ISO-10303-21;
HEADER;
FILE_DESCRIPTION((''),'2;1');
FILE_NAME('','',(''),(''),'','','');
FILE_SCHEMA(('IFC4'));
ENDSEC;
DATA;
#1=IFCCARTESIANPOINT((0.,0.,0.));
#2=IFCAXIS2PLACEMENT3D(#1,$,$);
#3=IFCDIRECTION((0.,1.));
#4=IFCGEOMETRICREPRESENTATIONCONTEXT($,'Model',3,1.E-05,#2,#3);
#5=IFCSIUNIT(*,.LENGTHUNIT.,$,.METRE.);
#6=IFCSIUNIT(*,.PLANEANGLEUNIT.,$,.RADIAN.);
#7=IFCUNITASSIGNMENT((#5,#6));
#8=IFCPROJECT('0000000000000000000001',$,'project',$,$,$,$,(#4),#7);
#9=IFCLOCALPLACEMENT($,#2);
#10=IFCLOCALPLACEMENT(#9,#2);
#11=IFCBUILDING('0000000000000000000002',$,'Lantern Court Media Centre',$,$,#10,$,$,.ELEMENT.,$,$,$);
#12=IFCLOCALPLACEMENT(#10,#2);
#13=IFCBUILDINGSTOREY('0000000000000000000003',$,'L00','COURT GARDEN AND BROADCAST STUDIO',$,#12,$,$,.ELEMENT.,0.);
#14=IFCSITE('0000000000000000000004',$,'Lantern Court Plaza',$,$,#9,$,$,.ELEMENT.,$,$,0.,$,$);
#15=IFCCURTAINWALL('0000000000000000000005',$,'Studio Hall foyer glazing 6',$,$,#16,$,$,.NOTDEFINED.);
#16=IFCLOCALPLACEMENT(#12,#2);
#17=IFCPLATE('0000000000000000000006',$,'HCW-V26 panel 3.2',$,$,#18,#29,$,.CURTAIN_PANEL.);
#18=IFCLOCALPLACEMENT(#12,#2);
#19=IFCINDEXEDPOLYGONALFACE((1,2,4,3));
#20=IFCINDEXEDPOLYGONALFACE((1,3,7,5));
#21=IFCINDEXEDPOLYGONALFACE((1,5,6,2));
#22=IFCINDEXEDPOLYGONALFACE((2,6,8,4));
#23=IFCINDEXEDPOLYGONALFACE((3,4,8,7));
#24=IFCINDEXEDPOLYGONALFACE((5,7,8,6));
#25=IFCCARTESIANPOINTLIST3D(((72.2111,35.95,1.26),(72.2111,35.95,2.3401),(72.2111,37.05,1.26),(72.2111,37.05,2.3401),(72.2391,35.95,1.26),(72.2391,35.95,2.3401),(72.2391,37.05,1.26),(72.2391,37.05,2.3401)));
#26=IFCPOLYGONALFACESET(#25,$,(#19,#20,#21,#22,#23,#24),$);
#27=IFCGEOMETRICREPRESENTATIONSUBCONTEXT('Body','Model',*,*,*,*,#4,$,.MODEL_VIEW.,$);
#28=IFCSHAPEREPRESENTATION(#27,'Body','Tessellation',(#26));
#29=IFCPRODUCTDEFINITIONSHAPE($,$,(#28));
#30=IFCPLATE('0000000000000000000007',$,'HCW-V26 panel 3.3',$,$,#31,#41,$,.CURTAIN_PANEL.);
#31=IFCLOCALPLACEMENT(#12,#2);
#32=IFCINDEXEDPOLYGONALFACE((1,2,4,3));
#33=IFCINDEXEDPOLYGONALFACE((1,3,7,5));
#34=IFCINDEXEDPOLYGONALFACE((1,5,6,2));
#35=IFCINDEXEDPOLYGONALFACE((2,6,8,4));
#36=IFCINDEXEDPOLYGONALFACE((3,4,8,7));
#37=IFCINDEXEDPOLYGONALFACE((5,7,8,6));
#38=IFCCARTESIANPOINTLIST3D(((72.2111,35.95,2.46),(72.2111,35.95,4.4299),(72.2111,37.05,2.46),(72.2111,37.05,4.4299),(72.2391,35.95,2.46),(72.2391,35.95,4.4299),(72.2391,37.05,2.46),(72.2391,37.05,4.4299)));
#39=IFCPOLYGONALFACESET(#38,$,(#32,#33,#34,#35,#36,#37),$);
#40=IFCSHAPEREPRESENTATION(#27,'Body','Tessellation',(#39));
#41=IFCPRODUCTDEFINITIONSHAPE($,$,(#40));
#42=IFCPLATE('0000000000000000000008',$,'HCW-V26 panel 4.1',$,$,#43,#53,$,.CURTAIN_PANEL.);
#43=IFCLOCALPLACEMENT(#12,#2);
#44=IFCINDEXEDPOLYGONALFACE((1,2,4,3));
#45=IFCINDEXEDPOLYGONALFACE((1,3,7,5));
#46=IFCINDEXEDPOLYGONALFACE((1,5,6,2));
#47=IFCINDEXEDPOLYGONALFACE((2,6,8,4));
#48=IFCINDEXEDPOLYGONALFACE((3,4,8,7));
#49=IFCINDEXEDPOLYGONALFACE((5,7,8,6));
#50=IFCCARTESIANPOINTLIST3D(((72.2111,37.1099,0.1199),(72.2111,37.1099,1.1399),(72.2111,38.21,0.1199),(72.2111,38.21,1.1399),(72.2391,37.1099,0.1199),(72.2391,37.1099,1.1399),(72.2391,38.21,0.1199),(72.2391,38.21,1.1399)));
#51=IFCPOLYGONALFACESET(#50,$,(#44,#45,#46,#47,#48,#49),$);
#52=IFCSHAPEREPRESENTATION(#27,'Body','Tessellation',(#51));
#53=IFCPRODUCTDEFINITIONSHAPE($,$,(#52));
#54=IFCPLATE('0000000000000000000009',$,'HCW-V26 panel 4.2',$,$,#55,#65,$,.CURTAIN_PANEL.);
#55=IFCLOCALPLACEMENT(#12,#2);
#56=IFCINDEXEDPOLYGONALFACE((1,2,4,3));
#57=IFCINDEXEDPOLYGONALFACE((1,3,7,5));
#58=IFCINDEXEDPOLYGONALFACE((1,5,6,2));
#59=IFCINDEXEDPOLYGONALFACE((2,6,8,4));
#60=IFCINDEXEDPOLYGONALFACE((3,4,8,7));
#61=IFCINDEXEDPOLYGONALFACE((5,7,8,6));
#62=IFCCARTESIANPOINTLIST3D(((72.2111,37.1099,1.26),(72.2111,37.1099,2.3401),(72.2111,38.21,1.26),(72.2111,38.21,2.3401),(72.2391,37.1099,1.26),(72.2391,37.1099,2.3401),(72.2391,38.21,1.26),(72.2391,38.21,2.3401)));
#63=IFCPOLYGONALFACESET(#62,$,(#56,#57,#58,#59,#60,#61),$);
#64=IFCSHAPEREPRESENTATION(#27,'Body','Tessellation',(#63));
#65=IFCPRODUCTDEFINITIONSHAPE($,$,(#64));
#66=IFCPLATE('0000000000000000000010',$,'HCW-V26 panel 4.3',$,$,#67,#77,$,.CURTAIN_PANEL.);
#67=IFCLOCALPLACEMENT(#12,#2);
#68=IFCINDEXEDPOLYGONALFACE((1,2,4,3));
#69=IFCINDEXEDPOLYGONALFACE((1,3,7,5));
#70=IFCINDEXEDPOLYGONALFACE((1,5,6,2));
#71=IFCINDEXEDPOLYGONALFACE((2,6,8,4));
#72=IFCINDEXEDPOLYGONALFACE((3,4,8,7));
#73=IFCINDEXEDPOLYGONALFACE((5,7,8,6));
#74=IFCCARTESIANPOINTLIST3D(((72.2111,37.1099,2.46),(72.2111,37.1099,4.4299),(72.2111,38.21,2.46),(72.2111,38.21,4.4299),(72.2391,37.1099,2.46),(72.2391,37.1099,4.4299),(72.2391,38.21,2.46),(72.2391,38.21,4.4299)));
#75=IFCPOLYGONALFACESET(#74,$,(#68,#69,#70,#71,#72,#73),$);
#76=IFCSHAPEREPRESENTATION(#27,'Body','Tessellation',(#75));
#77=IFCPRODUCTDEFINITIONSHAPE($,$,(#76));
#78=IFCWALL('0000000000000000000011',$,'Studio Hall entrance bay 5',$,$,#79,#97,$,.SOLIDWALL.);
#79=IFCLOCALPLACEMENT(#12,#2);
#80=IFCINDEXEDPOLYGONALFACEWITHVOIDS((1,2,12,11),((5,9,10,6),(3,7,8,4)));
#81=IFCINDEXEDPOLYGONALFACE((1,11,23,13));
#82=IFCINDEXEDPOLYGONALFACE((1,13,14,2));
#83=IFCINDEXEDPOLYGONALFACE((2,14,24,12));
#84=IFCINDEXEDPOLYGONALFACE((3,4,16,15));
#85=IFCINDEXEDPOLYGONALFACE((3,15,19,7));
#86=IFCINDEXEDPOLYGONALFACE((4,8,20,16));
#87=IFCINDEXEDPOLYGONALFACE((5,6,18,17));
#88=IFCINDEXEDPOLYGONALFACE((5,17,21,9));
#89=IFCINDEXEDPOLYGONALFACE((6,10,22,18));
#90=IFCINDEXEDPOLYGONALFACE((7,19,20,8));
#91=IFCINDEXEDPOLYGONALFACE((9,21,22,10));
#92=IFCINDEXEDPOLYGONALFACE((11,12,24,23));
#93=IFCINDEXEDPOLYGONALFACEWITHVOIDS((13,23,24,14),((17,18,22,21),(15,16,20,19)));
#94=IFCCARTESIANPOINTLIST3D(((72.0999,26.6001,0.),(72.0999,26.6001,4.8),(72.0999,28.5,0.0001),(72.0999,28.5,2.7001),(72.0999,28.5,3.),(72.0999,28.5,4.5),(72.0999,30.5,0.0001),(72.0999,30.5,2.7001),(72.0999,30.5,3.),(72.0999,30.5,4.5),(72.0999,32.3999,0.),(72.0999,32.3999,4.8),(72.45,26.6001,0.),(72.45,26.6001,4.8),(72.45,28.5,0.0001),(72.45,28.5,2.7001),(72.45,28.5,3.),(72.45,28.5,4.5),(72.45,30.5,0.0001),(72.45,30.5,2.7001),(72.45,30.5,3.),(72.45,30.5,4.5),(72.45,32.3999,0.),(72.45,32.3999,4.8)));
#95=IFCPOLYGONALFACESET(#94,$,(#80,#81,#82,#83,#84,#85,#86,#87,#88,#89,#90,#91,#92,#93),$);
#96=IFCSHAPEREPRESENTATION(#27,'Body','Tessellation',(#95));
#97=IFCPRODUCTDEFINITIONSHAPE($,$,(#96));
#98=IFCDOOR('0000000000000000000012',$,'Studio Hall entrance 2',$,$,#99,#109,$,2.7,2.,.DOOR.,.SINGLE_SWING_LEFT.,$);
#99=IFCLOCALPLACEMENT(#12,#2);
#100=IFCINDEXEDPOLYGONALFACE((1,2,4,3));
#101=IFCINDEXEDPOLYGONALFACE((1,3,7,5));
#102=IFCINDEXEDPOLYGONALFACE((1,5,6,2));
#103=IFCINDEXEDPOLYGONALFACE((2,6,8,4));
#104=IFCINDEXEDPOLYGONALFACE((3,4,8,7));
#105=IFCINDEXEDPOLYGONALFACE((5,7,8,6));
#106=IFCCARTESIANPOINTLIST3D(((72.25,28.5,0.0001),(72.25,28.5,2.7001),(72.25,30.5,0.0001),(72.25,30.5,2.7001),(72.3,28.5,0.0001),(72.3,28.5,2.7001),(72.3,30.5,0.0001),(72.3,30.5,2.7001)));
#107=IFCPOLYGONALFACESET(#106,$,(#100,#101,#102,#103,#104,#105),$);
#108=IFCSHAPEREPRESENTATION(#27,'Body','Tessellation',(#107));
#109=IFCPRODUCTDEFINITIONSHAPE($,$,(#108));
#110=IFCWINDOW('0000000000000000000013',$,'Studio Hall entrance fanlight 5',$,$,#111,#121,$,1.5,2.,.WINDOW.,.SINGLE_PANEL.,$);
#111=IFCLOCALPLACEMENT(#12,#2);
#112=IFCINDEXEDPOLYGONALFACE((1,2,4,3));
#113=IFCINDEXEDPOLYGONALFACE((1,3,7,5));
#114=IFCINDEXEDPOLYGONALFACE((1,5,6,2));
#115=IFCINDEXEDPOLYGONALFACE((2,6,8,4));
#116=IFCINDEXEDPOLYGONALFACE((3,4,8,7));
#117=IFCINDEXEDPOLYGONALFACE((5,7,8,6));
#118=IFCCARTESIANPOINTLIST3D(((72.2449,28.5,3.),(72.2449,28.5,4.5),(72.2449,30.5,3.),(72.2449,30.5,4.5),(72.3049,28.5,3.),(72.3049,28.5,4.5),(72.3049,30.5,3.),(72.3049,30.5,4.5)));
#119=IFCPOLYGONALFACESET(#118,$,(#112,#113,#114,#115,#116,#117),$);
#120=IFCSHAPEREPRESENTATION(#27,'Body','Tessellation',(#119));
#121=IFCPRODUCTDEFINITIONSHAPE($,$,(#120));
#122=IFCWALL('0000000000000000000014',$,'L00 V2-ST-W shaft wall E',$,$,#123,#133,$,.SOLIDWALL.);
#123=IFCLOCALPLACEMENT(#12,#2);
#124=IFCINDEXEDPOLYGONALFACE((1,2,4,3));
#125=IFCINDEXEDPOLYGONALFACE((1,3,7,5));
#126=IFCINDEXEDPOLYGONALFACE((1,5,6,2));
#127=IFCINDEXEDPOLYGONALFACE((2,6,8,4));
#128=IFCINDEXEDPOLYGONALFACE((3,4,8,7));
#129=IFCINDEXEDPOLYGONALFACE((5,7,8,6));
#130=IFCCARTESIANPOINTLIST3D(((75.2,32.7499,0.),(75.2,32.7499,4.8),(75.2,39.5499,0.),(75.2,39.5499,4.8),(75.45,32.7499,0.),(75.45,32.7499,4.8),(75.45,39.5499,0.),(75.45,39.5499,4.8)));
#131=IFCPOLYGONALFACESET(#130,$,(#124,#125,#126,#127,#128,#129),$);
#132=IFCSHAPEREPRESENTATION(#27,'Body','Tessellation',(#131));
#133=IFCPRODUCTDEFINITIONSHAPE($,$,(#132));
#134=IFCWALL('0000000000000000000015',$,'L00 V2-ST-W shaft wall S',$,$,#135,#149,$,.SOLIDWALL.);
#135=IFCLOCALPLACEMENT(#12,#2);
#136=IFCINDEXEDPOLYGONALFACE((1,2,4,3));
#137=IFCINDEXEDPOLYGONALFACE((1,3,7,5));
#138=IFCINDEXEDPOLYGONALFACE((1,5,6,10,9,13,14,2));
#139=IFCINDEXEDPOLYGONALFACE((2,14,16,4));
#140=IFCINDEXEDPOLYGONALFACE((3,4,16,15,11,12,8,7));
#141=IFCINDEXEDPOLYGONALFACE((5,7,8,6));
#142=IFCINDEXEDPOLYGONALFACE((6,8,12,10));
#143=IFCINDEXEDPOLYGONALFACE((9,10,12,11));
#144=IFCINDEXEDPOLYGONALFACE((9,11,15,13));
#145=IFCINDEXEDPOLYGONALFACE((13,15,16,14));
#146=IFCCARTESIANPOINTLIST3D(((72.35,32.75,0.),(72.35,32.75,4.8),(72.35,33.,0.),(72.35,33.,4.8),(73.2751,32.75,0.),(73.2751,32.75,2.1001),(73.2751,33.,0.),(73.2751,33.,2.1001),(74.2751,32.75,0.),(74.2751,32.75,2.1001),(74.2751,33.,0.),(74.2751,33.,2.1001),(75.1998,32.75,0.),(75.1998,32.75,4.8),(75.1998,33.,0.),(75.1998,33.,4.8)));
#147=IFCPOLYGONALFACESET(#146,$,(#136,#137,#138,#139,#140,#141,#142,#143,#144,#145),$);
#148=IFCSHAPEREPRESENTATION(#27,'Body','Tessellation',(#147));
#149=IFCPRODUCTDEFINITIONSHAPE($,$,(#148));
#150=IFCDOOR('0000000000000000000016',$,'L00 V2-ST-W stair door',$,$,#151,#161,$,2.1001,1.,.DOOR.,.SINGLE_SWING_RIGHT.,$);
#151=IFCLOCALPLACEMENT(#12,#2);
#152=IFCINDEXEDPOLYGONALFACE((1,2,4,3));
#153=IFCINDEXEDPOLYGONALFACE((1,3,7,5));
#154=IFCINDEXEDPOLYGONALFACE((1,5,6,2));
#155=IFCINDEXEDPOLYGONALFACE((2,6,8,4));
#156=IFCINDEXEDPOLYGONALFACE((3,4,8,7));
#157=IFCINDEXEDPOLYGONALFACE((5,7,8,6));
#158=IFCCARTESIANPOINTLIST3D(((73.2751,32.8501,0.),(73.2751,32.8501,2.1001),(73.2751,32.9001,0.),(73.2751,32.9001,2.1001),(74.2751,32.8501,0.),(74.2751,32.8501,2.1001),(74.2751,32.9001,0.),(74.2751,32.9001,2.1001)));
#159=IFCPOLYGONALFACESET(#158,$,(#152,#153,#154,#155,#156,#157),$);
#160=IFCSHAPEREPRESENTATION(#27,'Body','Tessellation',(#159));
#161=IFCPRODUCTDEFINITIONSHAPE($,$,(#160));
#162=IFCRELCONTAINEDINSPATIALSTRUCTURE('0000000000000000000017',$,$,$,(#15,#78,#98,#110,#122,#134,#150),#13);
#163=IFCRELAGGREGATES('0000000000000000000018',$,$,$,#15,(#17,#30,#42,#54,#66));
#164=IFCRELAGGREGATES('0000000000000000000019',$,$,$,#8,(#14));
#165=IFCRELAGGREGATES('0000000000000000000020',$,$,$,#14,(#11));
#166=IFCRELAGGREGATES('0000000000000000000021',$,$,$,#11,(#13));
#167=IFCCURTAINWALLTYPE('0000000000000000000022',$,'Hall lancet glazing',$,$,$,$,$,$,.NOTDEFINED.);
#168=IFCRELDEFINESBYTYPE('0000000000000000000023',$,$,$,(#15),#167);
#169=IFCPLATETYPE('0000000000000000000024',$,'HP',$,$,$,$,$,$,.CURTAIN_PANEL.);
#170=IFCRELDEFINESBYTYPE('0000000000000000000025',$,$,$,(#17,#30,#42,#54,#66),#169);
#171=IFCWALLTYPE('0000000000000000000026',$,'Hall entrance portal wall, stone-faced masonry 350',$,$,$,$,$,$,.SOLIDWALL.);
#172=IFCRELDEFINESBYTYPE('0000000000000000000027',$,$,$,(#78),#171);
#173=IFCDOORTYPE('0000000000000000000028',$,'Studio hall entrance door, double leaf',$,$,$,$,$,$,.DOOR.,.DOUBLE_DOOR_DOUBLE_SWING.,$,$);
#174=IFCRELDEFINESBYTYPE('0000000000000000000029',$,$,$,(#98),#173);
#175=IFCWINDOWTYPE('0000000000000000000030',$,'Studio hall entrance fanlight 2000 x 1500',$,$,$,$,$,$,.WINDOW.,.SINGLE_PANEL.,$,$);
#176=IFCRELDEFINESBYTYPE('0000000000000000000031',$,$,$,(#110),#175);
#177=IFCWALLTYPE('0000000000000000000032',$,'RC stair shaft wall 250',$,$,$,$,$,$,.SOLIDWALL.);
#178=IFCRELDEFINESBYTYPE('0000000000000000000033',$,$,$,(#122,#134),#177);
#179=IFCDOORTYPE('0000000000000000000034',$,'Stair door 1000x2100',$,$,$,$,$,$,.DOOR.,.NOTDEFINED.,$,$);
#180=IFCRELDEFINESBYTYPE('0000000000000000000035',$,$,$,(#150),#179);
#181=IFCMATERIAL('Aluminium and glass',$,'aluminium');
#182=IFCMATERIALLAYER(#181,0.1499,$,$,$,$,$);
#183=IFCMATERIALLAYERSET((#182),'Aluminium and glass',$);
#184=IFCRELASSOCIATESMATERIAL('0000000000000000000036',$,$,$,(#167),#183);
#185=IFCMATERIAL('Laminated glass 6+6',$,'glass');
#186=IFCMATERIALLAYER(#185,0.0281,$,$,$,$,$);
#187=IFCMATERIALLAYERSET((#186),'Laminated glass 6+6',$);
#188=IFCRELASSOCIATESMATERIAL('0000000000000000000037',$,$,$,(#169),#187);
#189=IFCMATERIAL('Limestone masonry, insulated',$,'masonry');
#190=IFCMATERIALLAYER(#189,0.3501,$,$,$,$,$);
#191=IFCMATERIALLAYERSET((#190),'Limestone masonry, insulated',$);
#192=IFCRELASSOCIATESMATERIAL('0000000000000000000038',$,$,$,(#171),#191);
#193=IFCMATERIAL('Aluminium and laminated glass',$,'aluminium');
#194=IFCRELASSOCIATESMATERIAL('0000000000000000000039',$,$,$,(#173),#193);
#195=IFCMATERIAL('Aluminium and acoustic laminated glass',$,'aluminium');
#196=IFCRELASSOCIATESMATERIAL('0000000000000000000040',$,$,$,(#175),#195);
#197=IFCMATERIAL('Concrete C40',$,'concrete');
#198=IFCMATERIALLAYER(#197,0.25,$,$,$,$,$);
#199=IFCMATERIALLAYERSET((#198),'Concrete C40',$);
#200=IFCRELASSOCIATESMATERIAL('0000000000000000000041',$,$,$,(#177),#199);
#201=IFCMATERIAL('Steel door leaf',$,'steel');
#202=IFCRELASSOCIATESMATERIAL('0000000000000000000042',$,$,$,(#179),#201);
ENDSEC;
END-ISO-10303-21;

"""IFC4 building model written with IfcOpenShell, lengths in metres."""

from ifc_helpers import new_model, si_unit, direction, frame, frame_2d, origin, origin_2d, place, context, subcontext, project, spatial, rectangle, extrude, material, layer, layer_set, type_object, element, fill, aggregate, save


model = new_model("IFC4")

# Units and contexts
model_context = context("Model", 3, precision=1e-05, world=origin(), true_north=direction((0.0, 1.0)))
body_context = subcontext(model_context, "Body", "Model", "MODEL_VIEW")
ifc_project = project(units=[si_unit("LENGTHUNIT", "METRE"), si_unit("PLANEANGLEUNIT", "RADIAN")], contexts=[model_context])

# Site, building, storey
site_placement = place(None, origin())
site = spatial("IfcSite", under=ifc_project, at=site_placement, Name="Lantern Court Plaza", CompositionType="ELEMENT", RefElevation=0.0)
building_placement = place(site_placement, origin())
building = spatial("IfcBuilding", under=site, at=building_placement, Name="Lantern Court Media Centre", CompositionType="ELEMENT")
storey_placement = place(building_placement, origin())
storey = spatial("IfcBuildingStorey", under=building, at=storey_placement, Name="L00", Description="COURT GARDEN AND BROADCAST STUDIO", CompositionType="ELEMENT", Elevation=0.0)

# Curtain wall
ifc_material_1 = material(Name="Aluminium and glass", Category="aluminium")
ifc_layer_1 = layer(ifc_material_1, 0.1499)
ifc_layer_set_1 = layer_set([ifc_layer_1], Name="Aluminium and glass")
curtain_wall_type = type_object("IfcCurtainWallType", Name="Hall lancet glazing", PredefinedType="NOTDEFINED", material=ifc_layer_set_1)
curtain_wall_placement = place(storey_placement, origin())
curtain_wall = element("IfcCurtainWall", 1, at=curtain_wall_placement, inside=storey, type_object=curtain_wall_type, Name="Studio Hall foyer glazing 6", PredefinedType="NOTDEFINED")

# Plates
ifc_material_2 = material(Name="Laminated glass 6+6", Category="glass")
ifc_layer_2 = layer(ifc_material_2, 0.0281)
ifc_layer_set_2 = layer_set([ifc_layer_2], Name="Laminated glass 6+6")
plate_type = type_object("IfcPlateType", Name="HP", PredefinedType="CURTAIN_PANEL", material=ifc_layer_set_2)
plate_1_placement = place(storey_placement, frame((72.2251, 36.5, 1.26), z_axis=(0.0, 0.0, 1.0), x_axis=(0.0, 1.0, 0.0)))
plate_1 = element("IfcPlate", 2, at=plate_1_placement, type_object=plate_type, Name="HCW-V26 panel 3.2", PredefinedType="CURTAIN_PANEL", context=body_context, shape_type="SweptSolid", body=[
    extrude(rectangle(XDim=1.1001, YDim=0.0281, at=origin_2d()), origin(), (0.0, 0.0, 1.0), 1.0801),
])
plate_2_placement = place(storey_placement, frame((72.2251, 36.5, 2.46), z_axis=(0.0, 0.0, 1.0), x_axis=(0.0, 1.0, 0.0)))
plate_2 = element("IfcPlate", 3, at=plate_2_placement, type_object=plate_type, Name="HCW-V26 panel 3.3", PredefinedType="CURTAIN_PANEL", context=body_context, shape_type="SweptSolid", body=[
    extrude(rectangle(XDim=1.1001, YDim=0.0281, at=origin_2d()), origin(), (0.0, 0.0, 1.0), 1.97),
])
plate_3_placement = place(storey_placement, frame((72.2251, 37.6599, 0.1199), z_axis=(0.0, 0.0, 1.0), x_axis=(0.0, 1.0, 0.0)))
plate_3 = element("IfcPlate", 4, at=plate_3_placement, type_object=plate_type, Name="HCW-V26 panel 4.1", PredefinedType="CURTAIN_PANEL", context=body_context, shape_type="SweptSolid", body=[
    extrude(rectangle(XDim=1.1001, YDim=0.0281, at=origin_2d()), origin(), (0.0, 0.0, 1.0), 1.02),
])
plate_4_placement = place(storey_placement, frame((72.2251, 37.6599, 1.26), z_axis=(0.0, 0.0, 1.0), x_axis=(0.0, 1.0, 0.0)))
plate_4 = element("IfcPlate", 5, at=plate_4_placement, type_object=plate_type, Name="HCW-V26 panel 4.2", PredefinedType="CURTAIN_PANEL", context=body_context, shape_type="SweptSolid", body=[
    extrude(rectangle(XDim=1.1001, YDim=0.0281, at=origin_2d()), origin(), (0.0, 0.0, 1.0), 1.0801),
])
plate_5_placement = place(storey_placement, frame((72.2251, 37.6599, 2.46), z_axis=(0.0, 0.0, 1.0), x_axis=(0.0, 1.0, 0.0)))
plate_5 = element("IfcPlate", 6, at=plate_5_placement, type_object=plate_type, Name="HCW-V26 panel 4.3", PredefinedType="CURTAIN_PANEL", context=body_context, shape_type="SweptSolid", body=[
    extrude(rectangle(XDim=1.1001, YDim=0.0281, at=origin_2d()), origin(), (0.0, 0.0, 1.0), 1.97),
])
aggregate(curtain_wall, [plate_1, plate_2, plate_3, plate_4, plate_5])

# Wall, openings, door, window
ifc_material_3 = material(Name="Limestone masonry, insulated", Category="masonry")
ifc_layer_3 = layer(ifc_material_3, 0.3501)
ifc_layer_set_3 = layer_set([ifc_layer_3], Name="Limestone masonry, insulated")
wall_type_1 = type_object("IfcWallType", Name="Hall entrance portal wall, stone-faced masonry 350", PredefinedType="SOLIDWALL", material=ifc_layer_set_3)
wall_1_placement = place(storey_placement, frame((72.2749, 26.6001, 0.0), z_axis=(0.0, 0.0, 1.0), x_axis=(0.0, 1.0, 0.0)))
wall_1 = element("IfcWall", 7, at=wall_1_placement, inside=storey, type_object=wall_type_1, Name="Studio Hall entrance bay 5", PredefinedType="SOLIDWALL", context=body_context, shape_type="SweptSolid", body=[
    extrude(rectangle(XDim=5.7998, YDim=0.3501, at=frame_2d((2.8999, 0.0))), origin(), (0.0, 0.0, 1.0), 4.8),
])
opening_1_placement = place(wall_1_placement, frame((1.8999, 0.0, 0.0)))
opening_1 = element("IfcOpeningElement", 8, at=opening_1_placement, cuts=wall_1, PredefinedType="OPENING", context=body_context, shape_type="SweptSolid", body=[
    extrude(rectangle(XDim=2.0, YDim=2.7, at=frame_2d((1.0, 1.3501))), frame((0.0, 0.1851, 0.0), z_axis=(0.0, -1.0, 0.0), x_axis=(1.0, 0.0, 0.0)), (0.0, 0.0, 1.0), 0.3701),
])
opening_2_placement = place(wall_1_placement, frame((1.8999, 0.0, 3.0)))
opening_2 = element("IfcOpeningElement", 9, at=opening_2_placement, cuts=wall_1, PredefinedType="OPENING", context=body_context, shape_type="SweptSolid", body=[
    extrude(rectangle(XDim=2.0, YDim=1.5, at=frame_2d((1.0, 0.75))), frame((0.0, 0.1851, 0.0), z_axis=(0.0, -1.0, 0.0), x_axis=(1.0, 0.0, 0.0)), (0.0, 0.0, 1.0), 0.3701),
])
ifc_material_4 = material(Name="Aluminium and laminated glass", Category="aluminium")
door_type_1 = type_object("IfcDoorType", Name="Studio hall entrance door, double leaf", OperationType="DOUBLE_DOOR_DOUBLE_SWING", PredefinedType="DOOR", material=ifc_material_4)
door_1_placement = place(opening_1_placement, origin())
door_1 = element("IfcDoor", 10, at=door_1_placement, inside=storey, type_object=door_type_1, Name="Studio Hall entrance 2", OperationType="SINGLE_SWING_LEFT", OverallHeight=2.7, OverallWidth=2.0, PredefinedType="DOOR", context=body_context, shape_type="SweptSolid", body=[
    extrude(rectangle(XDim=2.0, YDim=2.7, at=frame_2d((1.0, 1.3501))), frame((0.0, 0.0249, 0.0), z_axis=(0.0, -1.0, 0.0), x_axis=(1.0, 0.0, 0.0)), (0.0, 0.0, 1.0), 0.05),
])
fill(opening_1, door_1)
ifc_material_5 = material(Name="Aluminium and acoustic laminated glass", Category="aluminium")
window_type = type_object("IfcWindowType", Name="Studio hall entrance fanlight 2000 x 1500", PartitioningType="SINGLE_PANEL", PredefinedType="WINDOW", material=ifc_material_5)
window_placement = place(opening_2_placement, origin())
window = element("IfcWindow", 11, at=window_placement, inside=storey, type_object=window_type, Name="Studio Hall entrance fanlight 5", OverallHeight=1.5, OverallWidth=2.0, PartitioningType="SINGLE_PANEL", PredefinedType="WINDOW", context=body_context, shape_type="SweptSolid", body=[
    extrude(rectangle(XDim=2.0, YDim=1.5, at=frame_2d((1.0, 0.75))), frame((0.0, 0.03, 0.0), z_axis=(0.0, -1.0, 0.0), x_axis=(1.0, 0.0, 0.0)), (0.0, 0.0, 1.0), 0.0601),
])
fill(opening_2, window)

# Wall
ifc_material_6 = material(Name="Concrete C40", Category="concrete")
ifc_layer_4 = layer(ifc_material_6, 0.25)
ifc_layer_set_4 = layer_set([ifc_layer_4], Name="Concrete C40")
wall_type_2 = type_object("IfcWallType", Name="RC stair shaft wall 250", PredefinedType="SOLIDWALL", material=ifc_layer_set_4)
wall_2_placement = place(storey_placement, frame((75.325, 32.75, 0.0), z_axis=(0.0, 0.0, 1.0), x_axis=(0.0, 1.0, 0.0)))
element("IfcWall", 12, at=wall_2_placement, inside=storey, type_object=wall_type_2, Name="L00 V2-ST-W shaft wall E", PredefinedType="SOLIDWALL", context=body_context, shape_type="SweptSolid", body=[
    extrude(rectangle(XDim=6.8, YDim=0.25, at=frame_2d((3.3999, 0.0))), origin(), (0.0, 0.0, 1.0), 4.8),
])

# Wall, opening, door
wall_3_placement = place(storey_placement, frame((72.3501, 32.875, 0.0), z_axis=(0.0, 0.0, 1.0), x_axis=(1.0, 0.0, 0.0)))
wall_3 = element("IfcWall", 13, at=wall_3_placement, inside=storey, type_object=wall_type_2, Name="L00 V2-ST-W shaft wall S", PredefinedType="SOLIDWALL", context=body_context, shape_type="SweptSolid", body=[
    extrude(rectangle(XDim=2.8499, YDim=0.25, at=frame_2d((1.4248, 0.0))), origin(), (0.0, 0.0, 1.0), 4.8),
])
opening_3_placement = place(wall_3_placement, frame((0.925, 0.0, 0.0)))
opening_3 = element("IfcOpeningElement", 14, at=opening_3_placement, cuts=wall_3, PredefinedType="OPENING", context=body_context, shape_type="SweptSolid", body=[
    extrude(rectangle(XDim=1.0, YDim=2.1001, at=frame_2d((0.5, 1.05))), frame((0.0, 0.135, 0.0), z_axis=(0.0, -1.0, 0.0), x_axis=(1.0, 0.0, 0.0)), (0.0, 0.0, 1.0), 0.27),
])
ifc_material_7 = material(Name="Steel door leaf", Category="steel")
door_type_2 = type_object("IfcDoorType", Name="Stair door 1000x2100", OperationType="NOTDEFINED", PredefinedType="DOOR", material=ifc_material_7)
door_2_placement = place(opening_3_placement, frame((1.0, 0.0, 0.0), z_axis=(0.0, 0.0, 1.0), x_axis=(-1.0, 0.0, 0.0)))
door_2 = element("IfcDoor", 15, at=door_2_placement, inside=storey, type_object=door_type_2, Name="L00 V2-ST-W stair door", OperationType="SINGLE_SWING_RIGHT", OverallHeight=2.1001, OverallWidth=1.0, PredefinedType="DOOR", context=body_context, shape_type="SweptSolid", body=[
    extrude(rectangle(XDim=1.0, YDim=2.1001, at=frame_2d((0.5, 1.05))), frame((0.0, 0.0249, 0.0), z_axis=(0.0, -1.0, 0.0), x_axis=(1.0, 0.0, 0.0)), (0.0, 0.0, 1.0), 0.05),
])
fill(opening_3, door_2)

save(model, "model.ifc")
